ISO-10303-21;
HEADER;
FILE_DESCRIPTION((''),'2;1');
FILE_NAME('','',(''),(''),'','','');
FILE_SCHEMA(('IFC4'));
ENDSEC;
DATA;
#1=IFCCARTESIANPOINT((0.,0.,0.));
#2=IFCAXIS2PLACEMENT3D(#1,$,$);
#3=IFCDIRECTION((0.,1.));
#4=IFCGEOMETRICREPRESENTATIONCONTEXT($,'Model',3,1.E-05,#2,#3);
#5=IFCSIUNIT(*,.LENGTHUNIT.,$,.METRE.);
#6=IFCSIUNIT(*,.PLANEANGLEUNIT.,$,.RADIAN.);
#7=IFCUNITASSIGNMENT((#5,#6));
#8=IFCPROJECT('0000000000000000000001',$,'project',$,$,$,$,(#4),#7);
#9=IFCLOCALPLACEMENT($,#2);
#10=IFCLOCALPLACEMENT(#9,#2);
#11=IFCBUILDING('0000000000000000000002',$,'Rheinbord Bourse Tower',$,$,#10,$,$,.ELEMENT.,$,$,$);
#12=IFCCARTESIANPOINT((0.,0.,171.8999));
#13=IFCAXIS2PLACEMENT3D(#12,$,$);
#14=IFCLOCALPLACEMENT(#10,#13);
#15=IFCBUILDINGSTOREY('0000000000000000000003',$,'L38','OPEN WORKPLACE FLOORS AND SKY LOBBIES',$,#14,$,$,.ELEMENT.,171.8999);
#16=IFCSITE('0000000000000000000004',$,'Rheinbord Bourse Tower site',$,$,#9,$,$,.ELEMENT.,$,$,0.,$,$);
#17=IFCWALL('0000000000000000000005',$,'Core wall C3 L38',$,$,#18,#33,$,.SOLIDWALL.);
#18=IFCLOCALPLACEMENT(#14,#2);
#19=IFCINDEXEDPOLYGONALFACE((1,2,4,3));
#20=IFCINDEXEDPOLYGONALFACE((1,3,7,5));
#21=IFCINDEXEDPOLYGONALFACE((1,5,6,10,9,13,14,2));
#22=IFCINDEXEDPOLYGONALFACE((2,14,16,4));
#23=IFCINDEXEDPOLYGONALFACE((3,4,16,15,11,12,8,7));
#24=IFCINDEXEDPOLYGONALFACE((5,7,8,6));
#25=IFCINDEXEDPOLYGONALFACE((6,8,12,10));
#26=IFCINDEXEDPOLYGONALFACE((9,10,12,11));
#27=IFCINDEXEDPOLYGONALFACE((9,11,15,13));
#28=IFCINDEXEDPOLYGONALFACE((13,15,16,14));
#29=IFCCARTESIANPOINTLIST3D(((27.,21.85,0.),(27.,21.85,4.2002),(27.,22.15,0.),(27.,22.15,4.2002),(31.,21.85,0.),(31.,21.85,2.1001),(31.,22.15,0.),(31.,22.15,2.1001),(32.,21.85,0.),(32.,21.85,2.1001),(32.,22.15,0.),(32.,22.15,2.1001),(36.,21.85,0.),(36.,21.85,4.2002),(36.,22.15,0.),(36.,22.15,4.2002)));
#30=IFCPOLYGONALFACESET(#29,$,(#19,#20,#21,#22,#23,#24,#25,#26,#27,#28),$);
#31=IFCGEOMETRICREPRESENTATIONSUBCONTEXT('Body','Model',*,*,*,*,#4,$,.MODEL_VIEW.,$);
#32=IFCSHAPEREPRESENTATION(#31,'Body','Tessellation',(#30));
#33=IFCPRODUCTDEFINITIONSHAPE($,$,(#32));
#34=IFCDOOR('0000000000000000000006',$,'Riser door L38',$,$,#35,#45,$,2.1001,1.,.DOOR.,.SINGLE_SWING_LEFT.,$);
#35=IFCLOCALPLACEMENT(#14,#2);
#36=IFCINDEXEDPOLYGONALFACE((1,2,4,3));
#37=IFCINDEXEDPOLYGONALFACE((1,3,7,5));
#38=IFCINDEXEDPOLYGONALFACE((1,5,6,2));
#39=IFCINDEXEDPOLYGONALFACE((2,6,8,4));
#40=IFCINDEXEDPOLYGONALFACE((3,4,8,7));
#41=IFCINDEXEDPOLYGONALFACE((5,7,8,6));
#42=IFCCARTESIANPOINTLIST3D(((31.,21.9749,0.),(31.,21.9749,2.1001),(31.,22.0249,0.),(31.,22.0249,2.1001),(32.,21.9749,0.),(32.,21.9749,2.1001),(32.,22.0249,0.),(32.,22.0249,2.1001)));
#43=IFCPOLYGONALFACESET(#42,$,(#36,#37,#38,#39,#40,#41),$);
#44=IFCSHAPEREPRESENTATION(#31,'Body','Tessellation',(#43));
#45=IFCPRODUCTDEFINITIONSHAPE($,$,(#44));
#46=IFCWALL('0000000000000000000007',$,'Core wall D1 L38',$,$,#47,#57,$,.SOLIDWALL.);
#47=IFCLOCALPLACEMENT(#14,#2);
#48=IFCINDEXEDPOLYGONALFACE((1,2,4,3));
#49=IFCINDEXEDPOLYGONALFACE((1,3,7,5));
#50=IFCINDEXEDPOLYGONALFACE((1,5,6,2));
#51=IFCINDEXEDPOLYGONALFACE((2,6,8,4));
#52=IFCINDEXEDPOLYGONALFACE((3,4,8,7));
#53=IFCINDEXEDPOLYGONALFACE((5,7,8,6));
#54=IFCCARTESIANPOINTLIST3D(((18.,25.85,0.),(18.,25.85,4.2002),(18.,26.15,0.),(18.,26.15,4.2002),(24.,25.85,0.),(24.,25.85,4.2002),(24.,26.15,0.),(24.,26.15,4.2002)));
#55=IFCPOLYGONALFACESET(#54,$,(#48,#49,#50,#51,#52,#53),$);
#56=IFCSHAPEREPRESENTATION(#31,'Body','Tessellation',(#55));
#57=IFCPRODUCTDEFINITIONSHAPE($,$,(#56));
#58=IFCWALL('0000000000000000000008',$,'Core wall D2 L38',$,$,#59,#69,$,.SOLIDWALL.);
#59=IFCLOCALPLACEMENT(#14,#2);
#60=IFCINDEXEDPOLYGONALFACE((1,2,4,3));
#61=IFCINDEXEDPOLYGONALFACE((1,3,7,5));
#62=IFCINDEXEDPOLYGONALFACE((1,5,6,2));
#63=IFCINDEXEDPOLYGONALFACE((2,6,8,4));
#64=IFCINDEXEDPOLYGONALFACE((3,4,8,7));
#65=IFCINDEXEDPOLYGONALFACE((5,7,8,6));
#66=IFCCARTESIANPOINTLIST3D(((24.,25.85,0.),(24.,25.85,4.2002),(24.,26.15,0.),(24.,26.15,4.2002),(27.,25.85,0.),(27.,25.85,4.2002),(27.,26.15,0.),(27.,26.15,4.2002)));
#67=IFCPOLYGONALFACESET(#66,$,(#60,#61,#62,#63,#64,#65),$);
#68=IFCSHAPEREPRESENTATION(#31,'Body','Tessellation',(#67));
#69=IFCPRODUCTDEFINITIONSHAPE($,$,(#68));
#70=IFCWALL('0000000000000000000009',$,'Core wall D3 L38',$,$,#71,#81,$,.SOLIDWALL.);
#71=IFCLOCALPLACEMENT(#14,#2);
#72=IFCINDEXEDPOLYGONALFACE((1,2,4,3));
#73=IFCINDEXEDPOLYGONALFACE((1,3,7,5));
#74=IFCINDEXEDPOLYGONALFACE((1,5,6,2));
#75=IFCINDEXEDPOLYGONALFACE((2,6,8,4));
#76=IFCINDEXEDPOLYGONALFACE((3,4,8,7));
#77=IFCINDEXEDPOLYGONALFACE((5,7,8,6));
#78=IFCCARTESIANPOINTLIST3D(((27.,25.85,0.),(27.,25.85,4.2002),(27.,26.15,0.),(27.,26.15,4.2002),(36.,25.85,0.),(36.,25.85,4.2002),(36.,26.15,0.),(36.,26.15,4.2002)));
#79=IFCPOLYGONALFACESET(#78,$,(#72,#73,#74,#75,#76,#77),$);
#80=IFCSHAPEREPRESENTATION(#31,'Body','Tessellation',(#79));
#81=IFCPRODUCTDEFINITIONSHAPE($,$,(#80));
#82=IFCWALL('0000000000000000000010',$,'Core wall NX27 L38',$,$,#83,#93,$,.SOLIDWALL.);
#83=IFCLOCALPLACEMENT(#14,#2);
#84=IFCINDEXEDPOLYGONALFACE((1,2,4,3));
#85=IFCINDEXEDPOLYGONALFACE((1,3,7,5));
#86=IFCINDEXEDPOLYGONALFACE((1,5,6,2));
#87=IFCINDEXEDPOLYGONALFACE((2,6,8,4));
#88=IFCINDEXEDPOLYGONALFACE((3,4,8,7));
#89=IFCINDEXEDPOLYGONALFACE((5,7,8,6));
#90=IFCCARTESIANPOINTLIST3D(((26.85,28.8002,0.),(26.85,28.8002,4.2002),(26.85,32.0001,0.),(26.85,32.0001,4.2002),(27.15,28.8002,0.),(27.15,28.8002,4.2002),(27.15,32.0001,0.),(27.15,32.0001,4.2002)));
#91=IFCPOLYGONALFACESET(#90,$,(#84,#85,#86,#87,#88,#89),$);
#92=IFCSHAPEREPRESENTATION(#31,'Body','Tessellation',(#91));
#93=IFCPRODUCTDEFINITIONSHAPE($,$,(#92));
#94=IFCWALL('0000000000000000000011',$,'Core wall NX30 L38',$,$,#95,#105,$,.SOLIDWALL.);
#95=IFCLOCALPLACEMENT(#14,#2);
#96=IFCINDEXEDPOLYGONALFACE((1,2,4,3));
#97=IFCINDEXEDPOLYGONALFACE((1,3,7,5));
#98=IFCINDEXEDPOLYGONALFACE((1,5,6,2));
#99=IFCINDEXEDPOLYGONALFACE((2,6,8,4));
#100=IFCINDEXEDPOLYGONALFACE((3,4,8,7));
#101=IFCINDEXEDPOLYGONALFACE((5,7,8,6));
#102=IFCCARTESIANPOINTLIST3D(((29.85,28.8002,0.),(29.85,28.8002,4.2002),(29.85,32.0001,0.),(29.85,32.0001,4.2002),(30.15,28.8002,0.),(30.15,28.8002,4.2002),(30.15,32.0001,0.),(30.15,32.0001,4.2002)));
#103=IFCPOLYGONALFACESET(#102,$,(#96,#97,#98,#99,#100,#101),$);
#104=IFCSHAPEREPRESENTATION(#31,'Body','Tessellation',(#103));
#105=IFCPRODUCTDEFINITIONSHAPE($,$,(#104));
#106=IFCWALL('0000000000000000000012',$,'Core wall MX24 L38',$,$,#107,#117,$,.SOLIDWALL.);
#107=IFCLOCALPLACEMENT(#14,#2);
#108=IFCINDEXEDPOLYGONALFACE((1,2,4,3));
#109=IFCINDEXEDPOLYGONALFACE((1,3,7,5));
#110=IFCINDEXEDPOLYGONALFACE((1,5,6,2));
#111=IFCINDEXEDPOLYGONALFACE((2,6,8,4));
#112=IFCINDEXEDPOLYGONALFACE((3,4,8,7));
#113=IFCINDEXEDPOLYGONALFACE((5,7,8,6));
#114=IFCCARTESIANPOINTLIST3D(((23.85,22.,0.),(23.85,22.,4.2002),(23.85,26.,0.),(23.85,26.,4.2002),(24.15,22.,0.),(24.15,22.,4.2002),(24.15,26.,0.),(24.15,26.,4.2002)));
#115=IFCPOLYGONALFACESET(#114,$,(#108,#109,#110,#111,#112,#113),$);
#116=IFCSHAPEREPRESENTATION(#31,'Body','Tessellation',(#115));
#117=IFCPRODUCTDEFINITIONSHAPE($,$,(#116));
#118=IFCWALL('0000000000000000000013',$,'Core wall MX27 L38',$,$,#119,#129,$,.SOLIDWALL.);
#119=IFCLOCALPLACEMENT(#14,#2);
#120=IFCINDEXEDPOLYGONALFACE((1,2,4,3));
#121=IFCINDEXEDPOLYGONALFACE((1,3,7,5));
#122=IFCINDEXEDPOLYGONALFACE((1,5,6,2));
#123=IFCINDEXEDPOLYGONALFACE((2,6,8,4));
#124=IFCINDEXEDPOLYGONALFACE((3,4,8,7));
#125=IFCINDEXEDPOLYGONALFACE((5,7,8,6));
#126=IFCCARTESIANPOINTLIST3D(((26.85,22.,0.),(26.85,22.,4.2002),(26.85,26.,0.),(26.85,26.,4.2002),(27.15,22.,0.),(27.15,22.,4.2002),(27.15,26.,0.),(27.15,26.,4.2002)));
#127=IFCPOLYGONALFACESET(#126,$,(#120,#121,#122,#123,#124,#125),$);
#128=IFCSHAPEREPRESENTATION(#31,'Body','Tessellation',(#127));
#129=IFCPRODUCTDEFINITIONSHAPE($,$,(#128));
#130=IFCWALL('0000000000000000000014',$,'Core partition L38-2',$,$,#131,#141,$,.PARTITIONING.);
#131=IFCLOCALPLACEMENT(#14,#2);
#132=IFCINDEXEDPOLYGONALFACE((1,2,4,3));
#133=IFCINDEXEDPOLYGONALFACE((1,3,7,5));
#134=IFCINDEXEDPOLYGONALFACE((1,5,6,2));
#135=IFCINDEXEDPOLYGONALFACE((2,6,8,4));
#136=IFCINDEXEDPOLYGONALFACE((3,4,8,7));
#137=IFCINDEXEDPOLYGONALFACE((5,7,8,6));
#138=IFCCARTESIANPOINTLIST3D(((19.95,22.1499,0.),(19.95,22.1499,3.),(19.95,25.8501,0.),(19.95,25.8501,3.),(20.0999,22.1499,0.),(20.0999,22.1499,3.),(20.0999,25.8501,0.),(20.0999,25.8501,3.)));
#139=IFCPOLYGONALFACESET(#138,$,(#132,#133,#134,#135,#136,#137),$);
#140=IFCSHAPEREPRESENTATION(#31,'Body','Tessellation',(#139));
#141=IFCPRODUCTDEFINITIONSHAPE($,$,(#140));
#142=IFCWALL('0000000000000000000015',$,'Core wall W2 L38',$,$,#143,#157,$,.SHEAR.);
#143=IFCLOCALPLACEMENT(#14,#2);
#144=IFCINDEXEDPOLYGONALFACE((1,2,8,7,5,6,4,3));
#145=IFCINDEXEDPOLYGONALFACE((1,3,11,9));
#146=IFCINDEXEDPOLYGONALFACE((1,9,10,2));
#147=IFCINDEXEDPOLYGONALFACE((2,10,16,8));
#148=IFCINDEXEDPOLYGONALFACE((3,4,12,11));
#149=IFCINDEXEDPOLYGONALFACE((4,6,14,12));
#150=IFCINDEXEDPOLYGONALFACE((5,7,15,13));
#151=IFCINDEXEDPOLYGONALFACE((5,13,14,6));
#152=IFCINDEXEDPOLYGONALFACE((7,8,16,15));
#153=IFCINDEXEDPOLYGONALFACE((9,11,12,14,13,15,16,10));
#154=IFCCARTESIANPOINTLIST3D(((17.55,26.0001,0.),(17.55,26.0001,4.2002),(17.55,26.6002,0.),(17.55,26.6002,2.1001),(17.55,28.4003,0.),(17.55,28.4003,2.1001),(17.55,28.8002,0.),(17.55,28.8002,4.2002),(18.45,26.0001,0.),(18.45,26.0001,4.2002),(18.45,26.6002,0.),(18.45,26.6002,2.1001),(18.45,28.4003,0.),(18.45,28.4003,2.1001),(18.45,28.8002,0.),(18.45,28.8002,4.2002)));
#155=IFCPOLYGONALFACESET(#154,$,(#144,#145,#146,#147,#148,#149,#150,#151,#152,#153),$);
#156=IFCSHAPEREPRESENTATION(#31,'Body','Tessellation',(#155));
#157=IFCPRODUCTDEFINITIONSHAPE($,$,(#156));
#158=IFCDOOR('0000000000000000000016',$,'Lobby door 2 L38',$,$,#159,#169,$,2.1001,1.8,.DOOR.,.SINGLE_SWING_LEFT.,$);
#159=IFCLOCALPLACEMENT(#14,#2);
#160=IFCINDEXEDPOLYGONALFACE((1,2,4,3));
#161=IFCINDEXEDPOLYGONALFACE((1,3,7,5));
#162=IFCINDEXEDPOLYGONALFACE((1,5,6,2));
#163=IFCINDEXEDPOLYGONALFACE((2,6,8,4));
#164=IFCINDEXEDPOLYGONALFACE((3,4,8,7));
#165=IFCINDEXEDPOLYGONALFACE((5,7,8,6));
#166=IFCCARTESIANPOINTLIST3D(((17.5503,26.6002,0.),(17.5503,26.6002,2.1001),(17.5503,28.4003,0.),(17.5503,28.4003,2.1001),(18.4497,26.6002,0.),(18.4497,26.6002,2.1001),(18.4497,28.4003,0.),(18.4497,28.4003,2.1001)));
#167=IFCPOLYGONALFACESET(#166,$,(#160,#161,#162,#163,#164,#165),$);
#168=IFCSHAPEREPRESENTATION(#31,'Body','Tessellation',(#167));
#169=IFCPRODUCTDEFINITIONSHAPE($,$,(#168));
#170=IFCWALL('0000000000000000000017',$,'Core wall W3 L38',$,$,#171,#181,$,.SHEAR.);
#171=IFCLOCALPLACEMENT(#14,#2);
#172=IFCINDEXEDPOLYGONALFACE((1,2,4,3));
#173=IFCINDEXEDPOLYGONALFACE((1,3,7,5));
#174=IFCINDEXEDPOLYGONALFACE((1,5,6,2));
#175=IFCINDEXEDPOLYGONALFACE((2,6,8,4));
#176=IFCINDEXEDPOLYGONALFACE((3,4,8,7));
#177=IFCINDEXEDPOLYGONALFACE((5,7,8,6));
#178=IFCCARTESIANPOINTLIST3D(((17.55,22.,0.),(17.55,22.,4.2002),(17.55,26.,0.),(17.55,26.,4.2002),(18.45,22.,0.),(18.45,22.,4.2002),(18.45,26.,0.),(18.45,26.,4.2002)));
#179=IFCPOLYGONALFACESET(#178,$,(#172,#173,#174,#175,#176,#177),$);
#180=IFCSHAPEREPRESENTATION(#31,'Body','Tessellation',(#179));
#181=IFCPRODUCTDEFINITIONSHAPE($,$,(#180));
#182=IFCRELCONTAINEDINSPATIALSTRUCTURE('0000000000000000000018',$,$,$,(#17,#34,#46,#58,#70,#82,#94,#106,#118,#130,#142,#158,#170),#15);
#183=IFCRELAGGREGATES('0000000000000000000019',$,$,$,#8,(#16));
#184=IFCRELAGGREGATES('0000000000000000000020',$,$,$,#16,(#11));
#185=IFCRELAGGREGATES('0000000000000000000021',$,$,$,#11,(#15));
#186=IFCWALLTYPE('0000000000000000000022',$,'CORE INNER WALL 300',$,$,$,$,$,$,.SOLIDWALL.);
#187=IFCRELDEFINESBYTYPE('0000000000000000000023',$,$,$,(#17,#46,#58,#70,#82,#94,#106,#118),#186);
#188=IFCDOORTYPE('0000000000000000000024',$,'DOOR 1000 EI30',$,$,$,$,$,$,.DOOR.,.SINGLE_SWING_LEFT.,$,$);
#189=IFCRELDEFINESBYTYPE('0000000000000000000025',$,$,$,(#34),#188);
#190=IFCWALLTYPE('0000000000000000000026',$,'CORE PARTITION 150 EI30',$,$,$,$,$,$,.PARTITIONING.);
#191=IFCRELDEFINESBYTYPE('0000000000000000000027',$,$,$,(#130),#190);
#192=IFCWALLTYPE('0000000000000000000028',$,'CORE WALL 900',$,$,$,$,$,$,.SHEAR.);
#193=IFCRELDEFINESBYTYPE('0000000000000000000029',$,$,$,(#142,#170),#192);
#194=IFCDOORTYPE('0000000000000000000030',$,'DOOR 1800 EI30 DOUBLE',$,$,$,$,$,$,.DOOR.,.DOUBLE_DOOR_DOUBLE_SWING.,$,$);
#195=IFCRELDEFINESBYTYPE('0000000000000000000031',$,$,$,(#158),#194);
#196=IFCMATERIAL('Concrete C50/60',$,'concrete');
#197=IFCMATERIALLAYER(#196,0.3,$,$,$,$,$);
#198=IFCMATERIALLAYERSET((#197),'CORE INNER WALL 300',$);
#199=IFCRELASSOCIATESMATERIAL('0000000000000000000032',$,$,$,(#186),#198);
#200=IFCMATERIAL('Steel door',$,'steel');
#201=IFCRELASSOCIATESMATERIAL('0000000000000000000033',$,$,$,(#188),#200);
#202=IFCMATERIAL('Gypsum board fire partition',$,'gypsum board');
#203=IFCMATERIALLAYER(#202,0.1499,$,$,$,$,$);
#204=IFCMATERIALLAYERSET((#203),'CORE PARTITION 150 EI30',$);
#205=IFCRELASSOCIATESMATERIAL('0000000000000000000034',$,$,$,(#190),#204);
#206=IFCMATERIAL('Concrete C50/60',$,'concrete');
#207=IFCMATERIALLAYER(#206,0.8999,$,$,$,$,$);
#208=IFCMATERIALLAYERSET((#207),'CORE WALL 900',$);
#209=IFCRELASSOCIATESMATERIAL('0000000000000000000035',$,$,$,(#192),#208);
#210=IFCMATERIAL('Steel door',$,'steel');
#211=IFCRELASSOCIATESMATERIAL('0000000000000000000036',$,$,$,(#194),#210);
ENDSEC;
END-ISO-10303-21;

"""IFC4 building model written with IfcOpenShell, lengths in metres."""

from ifc_helpers import new_model, si_unit, direction, frame, frame_2d, origin, place, context, subcontext, project, spatial, rectangle, extrude, material, layer, layer_set, type_object, element, fill, save


model = new_model("IFC4")

# Units and contexts
model_context = context("Model", 3, precision=1e-05, world=origin(), true_north=direction((0.0, 1.0)))
body_context = subcontext(model_context, "Body", "Model", "MODEL_VIEW")
ifc_project = project(units=[si_unit("LENGTHUNIT", "METRE"), si_unit("PLANEANGLEUNIT", "RADIAN")], contexts=[model_context])

# Site, building, storey
site_placement = place(None, origin())
site = spatial("IfcSite", under=ifc_project, at=site_placement, Name="Rheinbord Bourse Tower site", CompositionType="ELEMENT", RefElevation=0.0)
building_placement = place(site_placement, origin())
building = spatial("IfcBuilding", under=site, at=building_placement, Name="Rheinbord Bourse Tower", CompositionType="ELEMENT")
storey_placement = place(building_placement, frame((0.0, 0.0, 171.8999)))
storey = spatial("IfcBuildingStorey", under=building, at=storey_placement, Name="L38", Description="OPEN WORKPLACE FLOORS AND SKY LOBBIES", CompositionType="ELEMENT", Elevation=171.8999)

# Wall, opening, door
ifc_material_1 = material(Name="Concrete C50/60", Category="concrete")
ifc_layer_1 = layer(ifc_material_1, 0.3)
ifc_layer_set_1 = layer_set([ifc_layer_1], Name="CORE INNER WALL 300")
wall_type_1 = type_object("IfcWallType", Name="CORE INNER WALL 300", PredefinedType="SOLIDWALL", material=ifc_layer_set_1)
ifc_material_2 = material(Name="Steel door", Category="steel")
door_type_1 = type_object("IfcDoorType", Name="DOOR 1000 EI30", OperationType="SINGLE_SWING_LEFT", PredefinedType="DOOR", material=ifc_material_2)
wall_1_placement = place(storey_placement, frame((27.0, 22.0, 0.0), z_axis=(0.0, 0.0, 1.0), x_axis=(1.0, 0.0, 0.0)))
wall_1 = element("IfcWall", 1, at=wall_1_placement, inside=storey, type_object=wall_type_1, Name="Core wall C3 L38", PredefinedType="SOLIDWALL", context=body_context, shape_type="SweptSolid", body=[
    extrude(rectangle(XDim=9.0, YDim=0.3, at=frame_2d((4.5, 0.0))), origin(), (0.0, 0.0, 1.0), 4.2002),
])
opening_1_placement = place(wall_1_placement, frame((4.0, 0.0, 0.0)))
opening_1 = element("IfcOpeningElement", 2, at=opening_1_placement, cuts=wall_1, PredefinedType="OPENING", context=body_context, shape_type="SweptSolid", body=[
    extrude(rectangle(XDim=1.0, YDim=2.1001, at=frame_2d((0.5, 1.05))), frame((0.0, 0.1599, 0.0), z_axis=(0.0, -1.0, 0.0), x_axis=(1.0, 0.0, 0.0)), (0.0, 0.0, 1.0), 0.3201),
])
door_1_placement = place(opening_1_placement, origin())
door_1 = element("IfcDoor", 3, at=door_1_placement, inside=storey, type_object=door_type_1, Name="Riser door L38", OperationType="SINGLE_SWING_LEFT", OverallHeight=2.1001, OverallWidth=1.0, PredefinedType="DOOR", context=body_context, shape_type="SweptSolid", body=[
    extrude(rectangle(XDim=1.0, YDim=2.1001, at=frame_2d((0.5, 1.05))), frame((0.0, 0.0249, 0.0), z_axis=(0.0, -1.0, 0.0), x_axis=(1.0, 0.0, 0.0)), (0.0, 0.0, 1.0), 0.05),
])
fill(opening_1, door_1)

# Walls
wall_2_placement = place(storey_placement, frame((18.0, 26.0, 0.0), z_axis=(0.0, 0.0, 1.0), x_axis=(1.0, 0.0, 0.0)))
element("IfcWall", 4, at=wall_2_placement, inside=storey, type_object=wall_type_1, Name="Core wall D1 L38", PredefinedType="SOLIDWALL", context=body_context, shape_type="SweptSolid", body=[
    extrude(rectangle(XDim=6.0, YDim=0.3, at=frame_2d((3.0, 0.0))), origin(), (0.0, 0.0, 1.0), 4.2002),
])
wall_3_placement = place(storey_placement, frame((24.0, 26.0, 0.0), z_axis=(0.0, 0.0, 1.0), x_axis=(1.0, 0.0, 0.0)))
element("IfcWall", 5, at=wall_3_placement, inside=storey, type_object=wall_type_1, Name="Core wall D2 L38", PredefinedType="SOLIDWALL", context=body_context, shape_type="SweptSolid", body=[
    extrude(rectangle(XDim=3.0, YDim=0.3, at=frame_2d((1.5, 0.0))), origin(), (0.0, 0.0, 1.0), 4.2002),
])
wall_4_placement = place(storey_placement, frame((27.0, 26.0, 0.0), z_axis=(0.0, 0.0, 1.0), x_axis=(1.0, 0.0, 0.0)))
element("IfcWall", 6, at=wall_4_placement, inside=storey, type_object=wall_type_1, Name="Core wall D3 L38", PredefinedType="SOLIDWALL", context=body_context, shape_type="SweptSolid", body=[
    extrude(rectangle(XDim=9.0, YDim=0.3, at=frame_2d((4.5, 0.0))), origin(), (0.0, 0.0, 1.0), 4.2002),
])
for number, where, z_axis, x_axis, name in (
    (7, (27.0, 28.8, 0.0), (0.0, 0.0, 1.0), (0.0, 1.0, 0.0), "Core wall NX27 L38"),
    (8, (30.0, 28.8, 0.0), (0.0, 0.0, 1.0), (0.0, 1.0, 0.0), "Core wall NX30 L38"),
):
    element("IfcWall", number, at=place(storey_placement, frame(where, z_axis=z_axis, x_axis=x_axis)), inside=storey, type_object=wall_type_1, Name=name, PredefinedType="SOLIDWALL", context=body_context, shape_type="SweptSolid", body=[
        extrude(rectangle(XDim=3.2, YDim=0.3, at=frame_2d((1.6001, 0.0))), origin(), (0.0, 0.0, 1.0), 4.2002),
    ])
for number, where, z_axis, x_axis, name in (
    (9, (24.0, 22.0, 0.0), (0.0, 0.0, 1.0), (0.0, 1.0, 0.0), "Core wall MX24 L38"),
    (10, (27.0, 22.0, 0.0), (0.0, 0.0, 1.0), (0.0, 1.0, 0.0), "Core wall MX27 L38"),
):
    element("IfcWall", number, at=place(storey_placement, frame(where, z_axis=z_axis, x_axis=x_axis)), inside=storey, type_object=wall_type_1, Name=name, PredefinedType="SOLIDWALL", context=body_context, shape_type="SweptSolid", body=[
        extrude(rectangle(XDim=4.0, YDim=0.3, at=frame_2d((2.0, 0.0))), origin(), (0.0, 0.0, 1.0), 4.2002),
    ])
ifc_material_3 = material(Name="Gypsum board fire partition", Category="gypsum board")
ifc_layer_2 = layer(ifc_material_3, 0.1499)
ifc_layer_set_2 = layer_set([ifc_layer_2], Name="CORE PARTITION 150 EI30")
wall_type_2 = type_object("IfcWallType", Name="CORE PARTITION 150 EI30", PredefinedType="PARTITIONING", material=ifc_layer_set_2)
wall_5_placement = place(storey_placement, frame((20.0249, 22.1499, 0.0), z_axis=(0.0, 0.0, 1.0), x_axis=(0.0, 1.0, 0.0)))
element("IfcWall", 11, at=wall_5_placement, inside=storey, type_object=wall_type_2, Name="Core partition L38-2", PredefinedType="PARTITIONING", context=body_context, shape_type="SweptSolid", body=[
    extrude(rectangle(XDim=3.7002, YDim=0.1499, at=frame_2d((1.8501, 0.0))), origin(), (0.0, 0.0, 1.0), 3.0),
])

# Wall, opening, door
ifc_material_4 = material(Name="Concrete C50/60", Category="concrete")
ifc_layer_3 = layer(ifc_material_4, 0.8999)
ifc_layer_set_3 = layer_set([ifc_layer_3], Name="CORE WALL 900")
wall_type_3 = type_object("IfcWallType", Name="CORE WALL 900", PredefinedType="SHEAR", material=ifc_layer_set_3)
wall_6_placement = place(storey_placement, frame((18.0, 28.8, 0.0), z_axis=(0.0, 0.0, 1.0), x_axis=(0.0, -1.0, 0.0)))
wall_6 = element("IfcWall", 12, at=wall_6_placement, inside=storey, type_object=wall_type_3, Name="Core wall W2 L38", PredefinedType="SHEAR", context=body_context, shape_type="SweptSolid", body=[
    extrude(rectangle(XDim=2.8, YDim=0.8999, at=frame_2d((1.3999, 0.0))), origin(), (0.0, 0.0, 1.0), 4.2002),
])
opening_2_placement = place(wall_6_placement, frame((0.3999, 0.0, 0.0)))
opening_2 = element("IfcOpeningElement", 13, at=opening_2_placement, cuts=wall_6, PredefinedType="OPENING", context=body_context, shape_type="SweptSolid", body=[
    extrude(rectangle(XDim=1.8, YDim=2.1001, at=frame_2d((0.8999, 1.05))), frame((0.0, 0.46, 0.0), z_axis=(0.0, -1.0, 0.0), x_axis=(1.0, 0.0, 0.0)), (0.0, 0.0, 1.0), 0.9199),
])
ifc_material_5 = material(Name="Steel door", Category="steel")
door_type_2 = type_object("IfcDoorType", Name="DOOR 1800 EI30 DOUBLE", OperationType="DOUBLE_DOOR_DOUBLE_SWING", PredefinedType="DOOR", material=ifc_material_5)
door_2_placement = place(opening_2_placement, origin())
door_2 = element("IfcDoor", 14, at=door_2_placement, inside=storey, type_object=door_type_2, Name="Lobby door 2 L38", OperationType="SINGLE_SWING_LEFT", OverallHeight=2.1001, OverallWidth=1.8, PredefinedType="DOOR", context=body_context, shape_type="SweptSolid", body=[
    extrude(rectangle(XDim=1.8, YDim=2.1001, at=frame_2d((0.8999, 1.05))), frame((0.0, 0.4497, 0.0), z_axis=(0.0, -1.0, 0.0), x_axis=(1.0, 0.0, 0.0)), (0.0, 0.0, 1.0), 0.8994),
])
fill(opening_2, door_2)

# Wall
wall_7_placement = place(storey_placement, frame((18.0, 26.0, 0.0), z_axis=(0.0, 0.0, 1.0), x_axis=(0.0, -1.0, 0.0)))
element("IfcWall", 15, at=wall_7_placement, inside=storey, type_object=wall_type_3, Name="Core wall W3 L38", PredefinedType="SHEAR", context=body_context, shape_type="SweptSolid", body=[
    extrude(rectangle(XDim=4.0, YDim=0.8999, at=frame_2d((2.0, 0.0))), origin(), (0.0, 0.0, 1.0), 4.2002),
])

save(model, "model.ifc")
